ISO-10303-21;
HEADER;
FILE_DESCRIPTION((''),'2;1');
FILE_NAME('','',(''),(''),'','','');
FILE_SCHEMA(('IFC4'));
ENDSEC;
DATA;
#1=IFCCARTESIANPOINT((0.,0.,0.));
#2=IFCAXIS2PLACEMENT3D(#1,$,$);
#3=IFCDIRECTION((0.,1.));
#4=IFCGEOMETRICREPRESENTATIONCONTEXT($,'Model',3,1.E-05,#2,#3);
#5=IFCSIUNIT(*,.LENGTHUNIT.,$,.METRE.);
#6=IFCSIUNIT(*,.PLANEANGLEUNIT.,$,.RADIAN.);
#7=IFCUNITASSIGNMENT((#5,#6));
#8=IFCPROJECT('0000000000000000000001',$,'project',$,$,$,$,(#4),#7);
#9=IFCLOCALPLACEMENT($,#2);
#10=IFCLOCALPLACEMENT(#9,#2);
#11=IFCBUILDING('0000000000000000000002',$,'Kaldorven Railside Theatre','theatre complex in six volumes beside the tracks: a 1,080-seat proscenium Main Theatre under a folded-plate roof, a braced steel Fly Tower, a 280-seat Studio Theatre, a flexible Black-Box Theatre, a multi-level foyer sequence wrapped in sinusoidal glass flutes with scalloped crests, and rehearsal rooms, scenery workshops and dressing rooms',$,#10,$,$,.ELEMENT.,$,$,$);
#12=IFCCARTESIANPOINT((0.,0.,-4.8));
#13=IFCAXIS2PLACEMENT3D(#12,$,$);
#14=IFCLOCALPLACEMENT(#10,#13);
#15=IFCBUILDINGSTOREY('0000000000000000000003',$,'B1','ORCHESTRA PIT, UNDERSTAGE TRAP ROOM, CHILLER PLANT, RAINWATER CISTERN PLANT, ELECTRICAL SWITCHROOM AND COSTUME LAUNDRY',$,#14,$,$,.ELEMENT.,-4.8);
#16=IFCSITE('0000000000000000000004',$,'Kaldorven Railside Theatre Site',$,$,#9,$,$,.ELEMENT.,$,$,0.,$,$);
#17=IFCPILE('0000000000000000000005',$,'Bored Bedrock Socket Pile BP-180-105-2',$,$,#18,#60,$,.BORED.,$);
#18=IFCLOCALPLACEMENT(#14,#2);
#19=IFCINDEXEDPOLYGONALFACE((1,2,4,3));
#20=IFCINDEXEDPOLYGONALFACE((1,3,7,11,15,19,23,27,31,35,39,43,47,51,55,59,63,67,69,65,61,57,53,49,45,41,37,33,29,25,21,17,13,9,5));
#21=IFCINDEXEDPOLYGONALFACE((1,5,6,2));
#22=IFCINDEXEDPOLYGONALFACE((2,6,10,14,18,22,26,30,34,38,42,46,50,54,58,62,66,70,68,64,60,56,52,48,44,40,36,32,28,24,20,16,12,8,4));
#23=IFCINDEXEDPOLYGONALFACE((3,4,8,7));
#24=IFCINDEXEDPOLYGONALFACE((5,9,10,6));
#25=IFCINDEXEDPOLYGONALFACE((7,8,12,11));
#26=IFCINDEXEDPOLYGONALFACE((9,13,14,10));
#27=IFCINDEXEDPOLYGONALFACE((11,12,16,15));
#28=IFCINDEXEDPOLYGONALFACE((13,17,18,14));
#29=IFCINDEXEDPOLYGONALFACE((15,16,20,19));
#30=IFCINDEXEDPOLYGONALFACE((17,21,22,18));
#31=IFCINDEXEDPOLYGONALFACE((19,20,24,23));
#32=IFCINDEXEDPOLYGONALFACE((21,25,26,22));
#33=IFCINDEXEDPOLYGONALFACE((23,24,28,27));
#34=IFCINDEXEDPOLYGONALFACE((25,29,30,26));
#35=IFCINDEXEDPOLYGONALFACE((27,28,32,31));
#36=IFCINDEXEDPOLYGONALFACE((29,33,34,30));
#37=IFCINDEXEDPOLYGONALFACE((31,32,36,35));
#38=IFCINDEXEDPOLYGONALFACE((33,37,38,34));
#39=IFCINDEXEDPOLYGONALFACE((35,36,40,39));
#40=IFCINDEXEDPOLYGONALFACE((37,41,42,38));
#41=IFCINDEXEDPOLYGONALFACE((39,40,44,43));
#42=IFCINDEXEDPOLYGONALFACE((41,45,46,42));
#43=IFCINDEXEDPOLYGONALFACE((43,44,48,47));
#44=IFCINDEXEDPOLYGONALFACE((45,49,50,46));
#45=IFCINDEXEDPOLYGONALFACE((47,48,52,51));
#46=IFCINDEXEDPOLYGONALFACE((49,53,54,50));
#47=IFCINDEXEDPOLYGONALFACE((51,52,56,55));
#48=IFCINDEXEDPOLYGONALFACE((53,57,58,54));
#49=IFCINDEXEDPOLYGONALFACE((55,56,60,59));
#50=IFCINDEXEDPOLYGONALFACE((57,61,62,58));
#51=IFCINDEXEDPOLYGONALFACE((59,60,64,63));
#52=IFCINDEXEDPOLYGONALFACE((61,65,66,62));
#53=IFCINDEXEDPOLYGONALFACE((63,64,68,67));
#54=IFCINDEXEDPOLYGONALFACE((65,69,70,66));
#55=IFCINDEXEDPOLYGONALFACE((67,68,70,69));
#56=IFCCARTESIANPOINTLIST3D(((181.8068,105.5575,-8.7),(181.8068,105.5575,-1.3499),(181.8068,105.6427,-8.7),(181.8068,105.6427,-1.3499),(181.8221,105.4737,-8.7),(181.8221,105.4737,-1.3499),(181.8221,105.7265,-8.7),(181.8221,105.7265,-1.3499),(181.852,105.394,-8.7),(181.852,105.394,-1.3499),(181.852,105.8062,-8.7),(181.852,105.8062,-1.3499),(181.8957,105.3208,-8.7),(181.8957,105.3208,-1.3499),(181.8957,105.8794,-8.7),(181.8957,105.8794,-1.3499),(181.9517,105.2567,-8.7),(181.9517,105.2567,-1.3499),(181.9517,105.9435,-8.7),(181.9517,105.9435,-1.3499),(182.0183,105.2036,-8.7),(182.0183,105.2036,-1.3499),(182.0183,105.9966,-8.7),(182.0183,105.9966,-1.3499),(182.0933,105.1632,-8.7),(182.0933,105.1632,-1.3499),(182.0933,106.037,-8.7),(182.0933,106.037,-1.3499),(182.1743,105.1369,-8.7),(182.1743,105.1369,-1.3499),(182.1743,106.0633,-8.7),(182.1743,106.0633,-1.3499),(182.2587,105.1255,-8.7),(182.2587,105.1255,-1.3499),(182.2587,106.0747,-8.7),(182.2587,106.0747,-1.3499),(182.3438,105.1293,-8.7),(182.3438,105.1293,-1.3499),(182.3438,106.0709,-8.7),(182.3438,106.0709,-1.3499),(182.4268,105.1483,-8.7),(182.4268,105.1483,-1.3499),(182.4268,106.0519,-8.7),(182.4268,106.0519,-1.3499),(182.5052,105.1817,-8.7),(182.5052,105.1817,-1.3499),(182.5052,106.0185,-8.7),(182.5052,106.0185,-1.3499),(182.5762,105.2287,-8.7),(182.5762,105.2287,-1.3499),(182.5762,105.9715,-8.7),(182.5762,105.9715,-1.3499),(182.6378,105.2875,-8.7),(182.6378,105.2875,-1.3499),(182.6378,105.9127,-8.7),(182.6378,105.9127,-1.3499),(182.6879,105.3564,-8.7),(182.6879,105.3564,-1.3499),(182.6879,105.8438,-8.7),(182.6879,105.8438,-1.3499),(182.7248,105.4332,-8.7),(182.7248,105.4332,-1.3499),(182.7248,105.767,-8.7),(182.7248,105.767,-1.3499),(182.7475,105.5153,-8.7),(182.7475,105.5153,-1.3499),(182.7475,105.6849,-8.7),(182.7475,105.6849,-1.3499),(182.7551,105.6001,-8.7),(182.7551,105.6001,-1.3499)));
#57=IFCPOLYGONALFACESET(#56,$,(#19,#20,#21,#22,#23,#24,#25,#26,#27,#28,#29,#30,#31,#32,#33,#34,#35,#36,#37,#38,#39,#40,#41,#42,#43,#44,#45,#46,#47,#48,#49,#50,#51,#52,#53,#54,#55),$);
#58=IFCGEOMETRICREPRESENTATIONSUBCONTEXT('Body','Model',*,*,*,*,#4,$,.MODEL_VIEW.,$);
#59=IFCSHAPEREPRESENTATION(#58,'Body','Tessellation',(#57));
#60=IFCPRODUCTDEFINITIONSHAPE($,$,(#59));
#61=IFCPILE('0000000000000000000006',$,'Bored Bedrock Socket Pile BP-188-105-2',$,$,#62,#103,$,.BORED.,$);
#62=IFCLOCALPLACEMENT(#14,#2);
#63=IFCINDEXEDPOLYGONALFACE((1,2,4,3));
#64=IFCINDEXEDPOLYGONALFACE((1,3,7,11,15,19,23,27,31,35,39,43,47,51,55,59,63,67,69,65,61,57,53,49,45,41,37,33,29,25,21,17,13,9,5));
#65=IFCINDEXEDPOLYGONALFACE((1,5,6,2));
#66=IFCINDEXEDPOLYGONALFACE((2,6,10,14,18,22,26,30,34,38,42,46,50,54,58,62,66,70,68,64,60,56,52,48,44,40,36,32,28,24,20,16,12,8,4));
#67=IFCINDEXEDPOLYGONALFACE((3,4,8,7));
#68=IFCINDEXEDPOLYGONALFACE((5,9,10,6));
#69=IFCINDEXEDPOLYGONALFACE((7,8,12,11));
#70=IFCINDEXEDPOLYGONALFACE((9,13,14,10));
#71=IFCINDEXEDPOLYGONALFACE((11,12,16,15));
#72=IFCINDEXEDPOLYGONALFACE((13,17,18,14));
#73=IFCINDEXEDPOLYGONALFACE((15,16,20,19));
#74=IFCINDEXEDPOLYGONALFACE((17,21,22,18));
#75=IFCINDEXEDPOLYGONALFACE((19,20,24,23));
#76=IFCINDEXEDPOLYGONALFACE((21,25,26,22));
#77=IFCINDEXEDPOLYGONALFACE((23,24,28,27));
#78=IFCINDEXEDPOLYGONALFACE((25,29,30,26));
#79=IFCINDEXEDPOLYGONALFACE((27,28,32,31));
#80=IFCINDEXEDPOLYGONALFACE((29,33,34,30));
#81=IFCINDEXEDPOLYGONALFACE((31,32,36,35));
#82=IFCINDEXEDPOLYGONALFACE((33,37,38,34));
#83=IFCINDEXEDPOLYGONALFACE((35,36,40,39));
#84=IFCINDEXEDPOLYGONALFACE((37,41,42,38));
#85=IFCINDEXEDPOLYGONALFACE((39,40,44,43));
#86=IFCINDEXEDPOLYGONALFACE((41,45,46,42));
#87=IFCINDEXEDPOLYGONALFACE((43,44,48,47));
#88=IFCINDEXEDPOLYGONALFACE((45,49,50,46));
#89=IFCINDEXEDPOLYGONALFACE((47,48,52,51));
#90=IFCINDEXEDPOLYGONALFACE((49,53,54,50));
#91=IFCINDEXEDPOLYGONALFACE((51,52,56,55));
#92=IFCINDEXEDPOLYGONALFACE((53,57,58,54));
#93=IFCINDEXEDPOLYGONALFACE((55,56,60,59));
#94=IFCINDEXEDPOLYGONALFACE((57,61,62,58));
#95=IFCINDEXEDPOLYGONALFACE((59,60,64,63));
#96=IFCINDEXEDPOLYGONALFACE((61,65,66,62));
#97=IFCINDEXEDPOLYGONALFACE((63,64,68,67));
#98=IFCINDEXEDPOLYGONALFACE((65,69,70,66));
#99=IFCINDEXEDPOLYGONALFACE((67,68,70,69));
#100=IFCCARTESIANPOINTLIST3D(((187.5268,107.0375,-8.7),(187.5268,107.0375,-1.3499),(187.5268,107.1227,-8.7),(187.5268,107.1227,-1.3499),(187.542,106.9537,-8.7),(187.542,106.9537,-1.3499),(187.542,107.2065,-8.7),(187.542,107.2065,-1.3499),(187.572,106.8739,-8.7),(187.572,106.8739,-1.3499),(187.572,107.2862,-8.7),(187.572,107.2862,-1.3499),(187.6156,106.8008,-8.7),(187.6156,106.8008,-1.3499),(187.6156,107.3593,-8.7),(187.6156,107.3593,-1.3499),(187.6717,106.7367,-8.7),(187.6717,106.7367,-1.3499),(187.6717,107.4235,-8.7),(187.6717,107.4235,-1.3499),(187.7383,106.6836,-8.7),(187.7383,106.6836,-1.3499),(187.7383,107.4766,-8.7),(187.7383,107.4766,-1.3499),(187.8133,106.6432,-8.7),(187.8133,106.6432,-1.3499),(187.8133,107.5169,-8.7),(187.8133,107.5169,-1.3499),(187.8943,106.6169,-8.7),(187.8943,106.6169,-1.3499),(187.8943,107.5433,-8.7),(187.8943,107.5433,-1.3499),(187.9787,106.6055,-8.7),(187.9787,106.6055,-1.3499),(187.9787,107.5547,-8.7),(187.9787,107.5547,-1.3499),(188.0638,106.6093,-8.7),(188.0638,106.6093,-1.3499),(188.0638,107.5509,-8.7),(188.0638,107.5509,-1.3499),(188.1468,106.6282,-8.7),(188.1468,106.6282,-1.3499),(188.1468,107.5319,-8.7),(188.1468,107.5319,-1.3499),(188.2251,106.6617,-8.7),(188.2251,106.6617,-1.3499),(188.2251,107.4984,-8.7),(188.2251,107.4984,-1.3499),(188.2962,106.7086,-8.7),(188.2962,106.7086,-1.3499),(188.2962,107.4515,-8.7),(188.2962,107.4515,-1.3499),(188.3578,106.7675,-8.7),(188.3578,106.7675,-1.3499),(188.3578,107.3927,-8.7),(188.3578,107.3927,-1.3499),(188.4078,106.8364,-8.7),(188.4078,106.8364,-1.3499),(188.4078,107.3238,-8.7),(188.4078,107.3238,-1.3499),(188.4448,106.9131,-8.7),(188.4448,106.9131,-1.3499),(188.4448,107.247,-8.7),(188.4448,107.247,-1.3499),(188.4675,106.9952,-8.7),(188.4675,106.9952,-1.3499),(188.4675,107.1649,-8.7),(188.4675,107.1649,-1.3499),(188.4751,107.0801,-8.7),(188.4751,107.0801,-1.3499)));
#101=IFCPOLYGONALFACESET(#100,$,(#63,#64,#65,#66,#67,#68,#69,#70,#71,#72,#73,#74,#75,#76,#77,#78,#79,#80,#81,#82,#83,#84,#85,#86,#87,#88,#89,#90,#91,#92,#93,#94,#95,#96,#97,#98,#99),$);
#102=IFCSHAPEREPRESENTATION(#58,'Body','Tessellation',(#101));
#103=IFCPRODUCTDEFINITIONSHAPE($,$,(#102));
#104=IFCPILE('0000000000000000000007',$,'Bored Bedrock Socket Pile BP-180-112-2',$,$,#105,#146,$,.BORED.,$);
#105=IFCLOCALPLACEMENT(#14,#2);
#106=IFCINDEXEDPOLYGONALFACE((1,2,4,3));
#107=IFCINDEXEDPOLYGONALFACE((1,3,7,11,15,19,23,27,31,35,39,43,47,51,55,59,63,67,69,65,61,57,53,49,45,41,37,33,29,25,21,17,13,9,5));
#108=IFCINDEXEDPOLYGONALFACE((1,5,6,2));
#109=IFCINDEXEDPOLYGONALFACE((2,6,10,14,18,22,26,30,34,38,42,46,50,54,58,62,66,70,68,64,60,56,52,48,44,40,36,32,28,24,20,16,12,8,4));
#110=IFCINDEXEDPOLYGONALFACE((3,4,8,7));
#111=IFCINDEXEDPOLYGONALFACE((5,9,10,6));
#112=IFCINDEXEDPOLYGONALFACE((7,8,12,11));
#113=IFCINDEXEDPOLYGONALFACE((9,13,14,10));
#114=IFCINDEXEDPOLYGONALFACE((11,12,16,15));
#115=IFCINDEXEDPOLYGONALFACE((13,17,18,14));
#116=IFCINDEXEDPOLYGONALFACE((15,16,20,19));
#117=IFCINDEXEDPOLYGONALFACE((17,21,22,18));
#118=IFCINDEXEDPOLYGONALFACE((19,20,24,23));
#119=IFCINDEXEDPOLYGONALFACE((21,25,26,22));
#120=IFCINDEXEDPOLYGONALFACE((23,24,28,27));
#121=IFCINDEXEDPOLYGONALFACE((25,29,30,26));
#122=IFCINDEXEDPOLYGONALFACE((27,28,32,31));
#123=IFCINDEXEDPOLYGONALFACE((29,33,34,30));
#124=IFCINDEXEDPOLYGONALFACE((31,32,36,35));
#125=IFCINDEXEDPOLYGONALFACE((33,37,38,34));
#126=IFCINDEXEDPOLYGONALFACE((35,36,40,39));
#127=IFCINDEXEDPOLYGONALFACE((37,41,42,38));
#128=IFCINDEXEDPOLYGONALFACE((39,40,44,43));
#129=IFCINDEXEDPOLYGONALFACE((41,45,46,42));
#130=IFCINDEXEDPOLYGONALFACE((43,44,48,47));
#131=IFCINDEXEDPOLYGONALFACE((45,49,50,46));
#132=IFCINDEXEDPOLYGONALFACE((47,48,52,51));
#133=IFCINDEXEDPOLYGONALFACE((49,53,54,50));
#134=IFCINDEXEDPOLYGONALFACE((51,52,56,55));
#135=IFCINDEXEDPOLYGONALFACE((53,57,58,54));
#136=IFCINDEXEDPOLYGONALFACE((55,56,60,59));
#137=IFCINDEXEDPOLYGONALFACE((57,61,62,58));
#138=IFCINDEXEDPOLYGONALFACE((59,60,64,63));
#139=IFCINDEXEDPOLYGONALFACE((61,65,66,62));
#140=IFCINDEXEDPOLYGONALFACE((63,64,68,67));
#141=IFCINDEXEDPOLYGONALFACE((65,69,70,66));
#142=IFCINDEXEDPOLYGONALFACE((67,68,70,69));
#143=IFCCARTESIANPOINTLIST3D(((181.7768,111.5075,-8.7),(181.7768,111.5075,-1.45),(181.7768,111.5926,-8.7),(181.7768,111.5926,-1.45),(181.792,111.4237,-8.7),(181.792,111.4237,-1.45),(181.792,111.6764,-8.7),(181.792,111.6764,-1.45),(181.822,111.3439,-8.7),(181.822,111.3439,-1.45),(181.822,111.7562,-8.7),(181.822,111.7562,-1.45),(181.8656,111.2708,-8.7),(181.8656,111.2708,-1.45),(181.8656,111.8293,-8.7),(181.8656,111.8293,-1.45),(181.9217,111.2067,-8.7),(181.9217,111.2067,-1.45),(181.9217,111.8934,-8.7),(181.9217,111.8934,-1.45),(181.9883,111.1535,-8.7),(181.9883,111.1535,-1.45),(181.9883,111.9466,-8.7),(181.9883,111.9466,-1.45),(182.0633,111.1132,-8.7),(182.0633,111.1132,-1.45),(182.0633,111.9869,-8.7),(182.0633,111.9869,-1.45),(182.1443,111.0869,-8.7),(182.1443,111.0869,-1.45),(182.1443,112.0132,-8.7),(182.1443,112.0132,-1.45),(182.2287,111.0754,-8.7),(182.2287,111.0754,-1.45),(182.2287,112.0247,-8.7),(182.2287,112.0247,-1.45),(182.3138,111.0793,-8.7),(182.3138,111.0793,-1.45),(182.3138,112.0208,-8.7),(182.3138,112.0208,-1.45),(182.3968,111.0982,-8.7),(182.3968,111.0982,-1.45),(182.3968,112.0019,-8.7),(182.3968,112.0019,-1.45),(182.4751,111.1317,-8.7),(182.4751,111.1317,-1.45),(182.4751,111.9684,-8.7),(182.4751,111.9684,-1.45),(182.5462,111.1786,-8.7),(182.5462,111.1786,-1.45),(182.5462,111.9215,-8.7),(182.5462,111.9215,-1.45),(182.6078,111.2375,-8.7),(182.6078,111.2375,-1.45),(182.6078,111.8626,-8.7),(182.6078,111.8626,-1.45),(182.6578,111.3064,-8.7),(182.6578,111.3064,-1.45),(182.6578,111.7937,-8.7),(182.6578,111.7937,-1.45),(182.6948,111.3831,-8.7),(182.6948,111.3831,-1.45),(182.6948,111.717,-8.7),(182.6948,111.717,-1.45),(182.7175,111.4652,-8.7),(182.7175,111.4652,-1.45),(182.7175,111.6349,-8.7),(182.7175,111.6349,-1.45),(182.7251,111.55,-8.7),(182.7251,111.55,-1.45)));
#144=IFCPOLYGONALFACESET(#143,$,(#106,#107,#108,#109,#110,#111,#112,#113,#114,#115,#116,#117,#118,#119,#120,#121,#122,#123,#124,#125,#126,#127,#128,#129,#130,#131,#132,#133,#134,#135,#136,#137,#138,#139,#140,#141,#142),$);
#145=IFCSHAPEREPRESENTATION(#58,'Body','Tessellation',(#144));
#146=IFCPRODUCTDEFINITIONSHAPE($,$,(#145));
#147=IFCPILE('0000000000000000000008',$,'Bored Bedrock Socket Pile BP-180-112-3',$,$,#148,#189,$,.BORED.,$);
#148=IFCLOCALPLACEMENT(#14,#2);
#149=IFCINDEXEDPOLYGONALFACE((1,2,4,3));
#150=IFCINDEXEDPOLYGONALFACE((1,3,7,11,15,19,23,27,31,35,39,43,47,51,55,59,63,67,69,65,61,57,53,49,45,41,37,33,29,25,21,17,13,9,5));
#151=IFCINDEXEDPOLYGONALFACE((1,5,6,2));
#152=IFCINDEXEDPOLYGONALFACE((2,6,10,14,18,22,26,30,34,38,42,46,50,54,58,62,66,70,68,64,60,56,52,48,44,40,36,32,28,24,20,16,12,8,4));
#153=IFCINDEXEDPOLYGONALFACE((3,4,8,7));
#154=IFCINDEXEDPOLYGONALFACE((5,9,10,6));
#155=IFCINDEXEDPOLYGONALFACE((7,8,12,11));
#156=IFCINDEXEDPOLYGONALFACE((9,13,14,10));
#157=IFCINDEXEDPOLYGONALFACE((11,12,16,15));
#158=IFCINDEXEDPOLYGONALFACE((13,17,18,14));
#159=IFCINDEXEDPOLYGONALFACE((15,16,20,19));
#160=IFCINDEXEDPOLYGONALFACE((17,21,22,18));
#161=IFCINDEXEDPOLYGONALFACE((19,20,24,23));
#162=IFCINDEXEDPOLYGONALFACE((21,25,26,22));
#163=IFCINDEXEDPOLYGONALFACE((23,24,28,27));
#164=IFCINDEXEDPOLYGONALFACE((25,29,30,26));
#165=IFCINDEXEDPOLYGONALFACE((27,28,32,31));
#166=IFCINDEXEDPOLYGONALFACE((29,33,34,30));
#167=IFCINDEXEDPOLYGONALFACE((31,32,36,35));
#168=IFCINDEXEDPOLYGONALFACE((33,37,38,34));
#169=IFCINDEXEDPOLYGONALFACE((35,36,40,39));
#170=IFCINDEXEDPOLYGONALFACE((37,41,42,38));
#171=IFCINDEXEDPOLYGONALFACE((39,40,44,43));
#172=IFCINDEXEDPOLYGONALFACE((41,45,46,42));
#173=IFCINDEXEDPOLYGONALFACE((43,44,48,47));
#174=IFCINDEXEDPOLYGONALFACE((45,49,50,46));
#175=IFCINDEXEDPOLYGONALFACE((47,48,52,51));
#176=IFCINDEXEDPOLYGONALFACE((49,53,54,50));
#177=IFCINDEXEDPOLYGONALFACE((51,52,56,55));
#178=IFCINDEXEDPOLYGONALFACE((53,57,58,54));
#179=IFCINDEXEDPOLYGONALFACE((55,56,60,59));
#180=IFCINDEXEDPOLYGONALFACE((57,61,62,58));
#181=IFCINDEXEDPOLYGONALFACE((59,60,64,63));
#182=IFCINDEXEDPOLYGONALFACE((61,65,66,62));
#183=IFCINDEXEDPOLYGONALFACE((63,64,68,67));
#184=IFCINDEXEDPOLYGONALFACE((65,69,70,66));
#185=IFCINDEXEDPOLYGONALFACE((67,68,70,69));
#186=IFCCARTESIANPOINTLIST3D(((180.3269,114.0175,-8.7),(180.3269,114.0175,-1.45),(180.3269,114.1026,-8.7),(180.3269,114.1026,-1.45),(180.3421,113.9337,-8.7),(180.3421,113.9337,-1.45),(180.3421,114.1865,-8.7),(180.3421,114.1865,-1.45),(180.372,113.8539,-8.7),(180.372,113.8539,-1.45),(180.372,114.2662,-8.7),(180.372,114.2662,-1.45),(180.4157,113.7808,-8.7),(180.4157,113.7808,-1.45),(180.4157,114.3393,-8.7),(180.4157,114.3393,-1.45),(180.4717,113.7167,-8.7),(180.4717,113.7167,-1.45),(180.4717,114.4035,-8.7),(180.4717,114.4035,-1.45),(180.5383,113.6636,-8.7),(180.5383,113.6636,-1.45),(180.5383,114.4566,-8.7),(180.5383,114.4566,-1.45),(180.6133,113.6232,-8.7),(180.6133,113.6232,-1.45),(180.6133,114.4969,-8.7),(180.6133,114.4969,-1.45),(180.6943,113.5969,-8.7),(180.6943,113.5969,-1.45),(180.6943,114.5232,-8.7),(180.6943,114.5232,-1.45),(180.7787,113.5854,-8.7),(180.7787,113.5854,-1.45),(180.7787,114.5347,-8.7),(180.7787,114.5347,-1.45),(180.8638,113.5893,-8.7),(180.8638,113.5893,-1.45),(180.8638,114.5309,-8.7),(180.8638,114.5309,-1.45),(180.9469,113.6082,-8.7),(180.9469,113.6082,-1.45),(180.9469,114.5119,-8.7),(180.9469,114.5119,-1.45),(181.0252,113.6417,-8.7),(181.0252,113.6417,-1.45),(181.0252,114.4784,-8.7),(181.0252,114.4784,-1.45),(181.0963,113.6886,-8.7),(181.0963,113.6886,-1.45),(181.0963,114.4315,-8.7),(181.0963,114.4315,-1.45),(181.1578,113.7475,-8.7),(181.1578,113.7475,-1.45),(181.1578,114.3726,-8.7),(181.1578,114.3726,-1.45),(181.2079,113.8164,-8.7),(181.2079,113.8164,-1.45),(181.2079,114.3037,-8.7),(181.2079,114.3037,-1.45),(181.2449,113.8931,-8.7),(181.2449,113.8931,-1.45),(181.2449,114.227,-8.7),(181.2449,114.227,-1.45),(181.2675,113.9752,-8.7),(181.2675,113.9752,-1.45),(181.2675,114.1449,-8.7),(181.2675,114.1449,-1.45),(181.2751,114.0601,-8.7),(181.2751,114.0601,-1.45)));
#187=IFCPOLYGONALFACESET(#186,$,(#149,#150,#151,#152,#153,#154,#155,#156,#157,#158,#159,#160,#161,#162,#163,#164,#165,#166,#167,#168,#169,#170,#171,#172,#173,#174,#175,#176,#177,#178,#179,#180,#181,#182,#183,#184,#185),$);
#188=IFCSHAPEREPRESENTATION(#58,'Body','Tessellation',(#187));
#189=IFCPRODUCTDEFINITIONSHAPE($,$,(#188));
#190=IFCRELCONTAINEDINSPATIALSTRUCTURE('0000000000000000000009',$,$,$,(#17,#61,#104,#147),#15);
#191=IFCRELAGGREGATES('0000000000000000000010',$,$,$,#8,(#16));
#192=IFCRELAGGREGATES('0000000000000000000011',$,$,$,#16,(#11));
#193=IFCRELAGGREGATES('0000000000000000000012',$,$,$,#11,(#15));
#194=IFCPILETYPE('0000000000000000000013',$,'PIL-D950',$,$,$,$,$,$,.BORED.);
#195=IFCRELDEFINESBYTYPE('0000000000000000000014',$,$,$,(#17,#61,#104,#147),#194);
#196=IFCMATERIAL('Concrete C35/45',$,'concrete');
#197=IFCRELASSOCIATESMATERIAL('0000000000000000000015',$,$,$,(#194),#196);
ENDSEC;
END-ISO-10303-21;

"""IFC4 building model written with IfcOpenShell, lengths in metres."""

from ifc_helpers import new_model, si_unit, direction, frame, origin, origin_2d, place, context, subcontext, project, spatial, circle, extrude, material, material_profile, profile_set, type_object, element, save


model = new_model("IFC4")

# Units and contexts
model_context = context("Model", 3, precision=1e-05, world=origin(), true_north=direction((0.0, 1.0)))
body_context = subcontext(model_context, "Body", "Model", "MODEL_VIEW")
ifc_project = project(units=[si_unit("LENGTHUNIT", "METRE"), si_unit("PLANEANGLEUNIT", "RADIAN")], contexts=[model_context])

# Site, building, storey
site_placement = place(None, origin())
site = spatial("IfcSite", under=ifc_project, at=site_placement, Name="Kaldorven Railside Theatre Site", CompositionType="ELEMENT", RefElevation=0.0)
building_placement = place(site_placement, origin())
building = spatial("IfcBuilding", under=site, at=building_placement, Name="Kaldorven Railside Theatre", Description="theatre complex in six volumes beside the tracks: a 1,080-seat proscenium Main Theatre under a folded-plate roof, a braced steel Fly Tower, a 280-seat Studio Theatre, a flexible Black-Box Theatre, a multi-level foyer sequence wrapped in sinusoidal glass flutes with scalloped crests, and rehearsal rooms, scenery workshops and dressing rooms", CompositionType="ELEMENT")
storey_placement = place(building_placement, frame((0.0, 0.0, -4.8)))
storey = spatial("IfcBuildingStorey", under=building, at=storey_placement, Name="B1", Description="ORCHESTRA PIT, UNDERSTAGE TRAP ROOM, CHILLER PLANT, RAINWATER CISTERN PLANT, ELECTRICAL SWITCHROOM AND COSTUME LAUNDRY", CompositionType="ELEMENT", Elevation=-4.8)

# Piles
ifc_material_1 = material(Name="Concrete C35/45", Category="concrete")
ifc_material_profile_1 = material_profile(ifc_material_1, circle(Radius=0.4751, at=origin_2d()), Name="BP D950")
ifc_profile_set_1 = profile_set([ifc_material_profile_1], Name="Concrete C35/45")
pile_type_1 = type_object("IfcPileType", Name="PIL-D950", PredefinedType="BORED", material=ifc_profile_set_1)
for number, where, z_axis, x_axis, name in (
    (1, (182.28, 105.6001, -1.3499), (0.0, 0.0, -1.0), (1.0, 0.0, 0.0), "Bored Bedrock Socket Pile BP-180-105-2"),
    (2, (188.0, 107.0801, -1.3499), (0.0, 0.0, -1.0), (1.0, 0.0, 0.0), "Bored Bedrock Socket Pile BP-188-105-2"),
):
    element("IfcPile", number, at=place(storey_placement, frame(where, z_axis=z_axis, x_axis=x_axis)), inside=storey, type_object=pile_type_1, Name=name, PredefinedType="BORED", context=body_context, shape_type="SweptSolid", body=[
        extrude(circle(Radius=0.4751, at=origin_2d()), origin(), (0.0, 0.0, 1.0), 7.3501),
    ])
for number, where, z_axis, x_axis, name in (
    (3, (182.25, 111.55, -1.45), (0.0, 0.0, -1.0), (1.0, 0.0, 0.0), "Bored Bedrock Socket Pile BP-180-112-2"),
    (4, (180.8, 114.0601, -1.45), (0.0, 0.0, -1.0), (1.0, 0.0, 0.0), "Bored Bedrock Socket Pile BP-180-112-3"),
):
    element("IfcPile", number, at=place(storey_placement, frame(where, z_axis=z_axis, x_axis=x_axis)), inside=storey, type_object=pile_type_1, Name=name, PredefinedType="BORED", context=body_context, shape_type="SweptSolid", body=[
        extrude(circle(Radius=0.4751, at=origin_2d()), origin(), (0.0, 0.0, 1.0), 7.25),
    ])

save(model, "model.ifc")
